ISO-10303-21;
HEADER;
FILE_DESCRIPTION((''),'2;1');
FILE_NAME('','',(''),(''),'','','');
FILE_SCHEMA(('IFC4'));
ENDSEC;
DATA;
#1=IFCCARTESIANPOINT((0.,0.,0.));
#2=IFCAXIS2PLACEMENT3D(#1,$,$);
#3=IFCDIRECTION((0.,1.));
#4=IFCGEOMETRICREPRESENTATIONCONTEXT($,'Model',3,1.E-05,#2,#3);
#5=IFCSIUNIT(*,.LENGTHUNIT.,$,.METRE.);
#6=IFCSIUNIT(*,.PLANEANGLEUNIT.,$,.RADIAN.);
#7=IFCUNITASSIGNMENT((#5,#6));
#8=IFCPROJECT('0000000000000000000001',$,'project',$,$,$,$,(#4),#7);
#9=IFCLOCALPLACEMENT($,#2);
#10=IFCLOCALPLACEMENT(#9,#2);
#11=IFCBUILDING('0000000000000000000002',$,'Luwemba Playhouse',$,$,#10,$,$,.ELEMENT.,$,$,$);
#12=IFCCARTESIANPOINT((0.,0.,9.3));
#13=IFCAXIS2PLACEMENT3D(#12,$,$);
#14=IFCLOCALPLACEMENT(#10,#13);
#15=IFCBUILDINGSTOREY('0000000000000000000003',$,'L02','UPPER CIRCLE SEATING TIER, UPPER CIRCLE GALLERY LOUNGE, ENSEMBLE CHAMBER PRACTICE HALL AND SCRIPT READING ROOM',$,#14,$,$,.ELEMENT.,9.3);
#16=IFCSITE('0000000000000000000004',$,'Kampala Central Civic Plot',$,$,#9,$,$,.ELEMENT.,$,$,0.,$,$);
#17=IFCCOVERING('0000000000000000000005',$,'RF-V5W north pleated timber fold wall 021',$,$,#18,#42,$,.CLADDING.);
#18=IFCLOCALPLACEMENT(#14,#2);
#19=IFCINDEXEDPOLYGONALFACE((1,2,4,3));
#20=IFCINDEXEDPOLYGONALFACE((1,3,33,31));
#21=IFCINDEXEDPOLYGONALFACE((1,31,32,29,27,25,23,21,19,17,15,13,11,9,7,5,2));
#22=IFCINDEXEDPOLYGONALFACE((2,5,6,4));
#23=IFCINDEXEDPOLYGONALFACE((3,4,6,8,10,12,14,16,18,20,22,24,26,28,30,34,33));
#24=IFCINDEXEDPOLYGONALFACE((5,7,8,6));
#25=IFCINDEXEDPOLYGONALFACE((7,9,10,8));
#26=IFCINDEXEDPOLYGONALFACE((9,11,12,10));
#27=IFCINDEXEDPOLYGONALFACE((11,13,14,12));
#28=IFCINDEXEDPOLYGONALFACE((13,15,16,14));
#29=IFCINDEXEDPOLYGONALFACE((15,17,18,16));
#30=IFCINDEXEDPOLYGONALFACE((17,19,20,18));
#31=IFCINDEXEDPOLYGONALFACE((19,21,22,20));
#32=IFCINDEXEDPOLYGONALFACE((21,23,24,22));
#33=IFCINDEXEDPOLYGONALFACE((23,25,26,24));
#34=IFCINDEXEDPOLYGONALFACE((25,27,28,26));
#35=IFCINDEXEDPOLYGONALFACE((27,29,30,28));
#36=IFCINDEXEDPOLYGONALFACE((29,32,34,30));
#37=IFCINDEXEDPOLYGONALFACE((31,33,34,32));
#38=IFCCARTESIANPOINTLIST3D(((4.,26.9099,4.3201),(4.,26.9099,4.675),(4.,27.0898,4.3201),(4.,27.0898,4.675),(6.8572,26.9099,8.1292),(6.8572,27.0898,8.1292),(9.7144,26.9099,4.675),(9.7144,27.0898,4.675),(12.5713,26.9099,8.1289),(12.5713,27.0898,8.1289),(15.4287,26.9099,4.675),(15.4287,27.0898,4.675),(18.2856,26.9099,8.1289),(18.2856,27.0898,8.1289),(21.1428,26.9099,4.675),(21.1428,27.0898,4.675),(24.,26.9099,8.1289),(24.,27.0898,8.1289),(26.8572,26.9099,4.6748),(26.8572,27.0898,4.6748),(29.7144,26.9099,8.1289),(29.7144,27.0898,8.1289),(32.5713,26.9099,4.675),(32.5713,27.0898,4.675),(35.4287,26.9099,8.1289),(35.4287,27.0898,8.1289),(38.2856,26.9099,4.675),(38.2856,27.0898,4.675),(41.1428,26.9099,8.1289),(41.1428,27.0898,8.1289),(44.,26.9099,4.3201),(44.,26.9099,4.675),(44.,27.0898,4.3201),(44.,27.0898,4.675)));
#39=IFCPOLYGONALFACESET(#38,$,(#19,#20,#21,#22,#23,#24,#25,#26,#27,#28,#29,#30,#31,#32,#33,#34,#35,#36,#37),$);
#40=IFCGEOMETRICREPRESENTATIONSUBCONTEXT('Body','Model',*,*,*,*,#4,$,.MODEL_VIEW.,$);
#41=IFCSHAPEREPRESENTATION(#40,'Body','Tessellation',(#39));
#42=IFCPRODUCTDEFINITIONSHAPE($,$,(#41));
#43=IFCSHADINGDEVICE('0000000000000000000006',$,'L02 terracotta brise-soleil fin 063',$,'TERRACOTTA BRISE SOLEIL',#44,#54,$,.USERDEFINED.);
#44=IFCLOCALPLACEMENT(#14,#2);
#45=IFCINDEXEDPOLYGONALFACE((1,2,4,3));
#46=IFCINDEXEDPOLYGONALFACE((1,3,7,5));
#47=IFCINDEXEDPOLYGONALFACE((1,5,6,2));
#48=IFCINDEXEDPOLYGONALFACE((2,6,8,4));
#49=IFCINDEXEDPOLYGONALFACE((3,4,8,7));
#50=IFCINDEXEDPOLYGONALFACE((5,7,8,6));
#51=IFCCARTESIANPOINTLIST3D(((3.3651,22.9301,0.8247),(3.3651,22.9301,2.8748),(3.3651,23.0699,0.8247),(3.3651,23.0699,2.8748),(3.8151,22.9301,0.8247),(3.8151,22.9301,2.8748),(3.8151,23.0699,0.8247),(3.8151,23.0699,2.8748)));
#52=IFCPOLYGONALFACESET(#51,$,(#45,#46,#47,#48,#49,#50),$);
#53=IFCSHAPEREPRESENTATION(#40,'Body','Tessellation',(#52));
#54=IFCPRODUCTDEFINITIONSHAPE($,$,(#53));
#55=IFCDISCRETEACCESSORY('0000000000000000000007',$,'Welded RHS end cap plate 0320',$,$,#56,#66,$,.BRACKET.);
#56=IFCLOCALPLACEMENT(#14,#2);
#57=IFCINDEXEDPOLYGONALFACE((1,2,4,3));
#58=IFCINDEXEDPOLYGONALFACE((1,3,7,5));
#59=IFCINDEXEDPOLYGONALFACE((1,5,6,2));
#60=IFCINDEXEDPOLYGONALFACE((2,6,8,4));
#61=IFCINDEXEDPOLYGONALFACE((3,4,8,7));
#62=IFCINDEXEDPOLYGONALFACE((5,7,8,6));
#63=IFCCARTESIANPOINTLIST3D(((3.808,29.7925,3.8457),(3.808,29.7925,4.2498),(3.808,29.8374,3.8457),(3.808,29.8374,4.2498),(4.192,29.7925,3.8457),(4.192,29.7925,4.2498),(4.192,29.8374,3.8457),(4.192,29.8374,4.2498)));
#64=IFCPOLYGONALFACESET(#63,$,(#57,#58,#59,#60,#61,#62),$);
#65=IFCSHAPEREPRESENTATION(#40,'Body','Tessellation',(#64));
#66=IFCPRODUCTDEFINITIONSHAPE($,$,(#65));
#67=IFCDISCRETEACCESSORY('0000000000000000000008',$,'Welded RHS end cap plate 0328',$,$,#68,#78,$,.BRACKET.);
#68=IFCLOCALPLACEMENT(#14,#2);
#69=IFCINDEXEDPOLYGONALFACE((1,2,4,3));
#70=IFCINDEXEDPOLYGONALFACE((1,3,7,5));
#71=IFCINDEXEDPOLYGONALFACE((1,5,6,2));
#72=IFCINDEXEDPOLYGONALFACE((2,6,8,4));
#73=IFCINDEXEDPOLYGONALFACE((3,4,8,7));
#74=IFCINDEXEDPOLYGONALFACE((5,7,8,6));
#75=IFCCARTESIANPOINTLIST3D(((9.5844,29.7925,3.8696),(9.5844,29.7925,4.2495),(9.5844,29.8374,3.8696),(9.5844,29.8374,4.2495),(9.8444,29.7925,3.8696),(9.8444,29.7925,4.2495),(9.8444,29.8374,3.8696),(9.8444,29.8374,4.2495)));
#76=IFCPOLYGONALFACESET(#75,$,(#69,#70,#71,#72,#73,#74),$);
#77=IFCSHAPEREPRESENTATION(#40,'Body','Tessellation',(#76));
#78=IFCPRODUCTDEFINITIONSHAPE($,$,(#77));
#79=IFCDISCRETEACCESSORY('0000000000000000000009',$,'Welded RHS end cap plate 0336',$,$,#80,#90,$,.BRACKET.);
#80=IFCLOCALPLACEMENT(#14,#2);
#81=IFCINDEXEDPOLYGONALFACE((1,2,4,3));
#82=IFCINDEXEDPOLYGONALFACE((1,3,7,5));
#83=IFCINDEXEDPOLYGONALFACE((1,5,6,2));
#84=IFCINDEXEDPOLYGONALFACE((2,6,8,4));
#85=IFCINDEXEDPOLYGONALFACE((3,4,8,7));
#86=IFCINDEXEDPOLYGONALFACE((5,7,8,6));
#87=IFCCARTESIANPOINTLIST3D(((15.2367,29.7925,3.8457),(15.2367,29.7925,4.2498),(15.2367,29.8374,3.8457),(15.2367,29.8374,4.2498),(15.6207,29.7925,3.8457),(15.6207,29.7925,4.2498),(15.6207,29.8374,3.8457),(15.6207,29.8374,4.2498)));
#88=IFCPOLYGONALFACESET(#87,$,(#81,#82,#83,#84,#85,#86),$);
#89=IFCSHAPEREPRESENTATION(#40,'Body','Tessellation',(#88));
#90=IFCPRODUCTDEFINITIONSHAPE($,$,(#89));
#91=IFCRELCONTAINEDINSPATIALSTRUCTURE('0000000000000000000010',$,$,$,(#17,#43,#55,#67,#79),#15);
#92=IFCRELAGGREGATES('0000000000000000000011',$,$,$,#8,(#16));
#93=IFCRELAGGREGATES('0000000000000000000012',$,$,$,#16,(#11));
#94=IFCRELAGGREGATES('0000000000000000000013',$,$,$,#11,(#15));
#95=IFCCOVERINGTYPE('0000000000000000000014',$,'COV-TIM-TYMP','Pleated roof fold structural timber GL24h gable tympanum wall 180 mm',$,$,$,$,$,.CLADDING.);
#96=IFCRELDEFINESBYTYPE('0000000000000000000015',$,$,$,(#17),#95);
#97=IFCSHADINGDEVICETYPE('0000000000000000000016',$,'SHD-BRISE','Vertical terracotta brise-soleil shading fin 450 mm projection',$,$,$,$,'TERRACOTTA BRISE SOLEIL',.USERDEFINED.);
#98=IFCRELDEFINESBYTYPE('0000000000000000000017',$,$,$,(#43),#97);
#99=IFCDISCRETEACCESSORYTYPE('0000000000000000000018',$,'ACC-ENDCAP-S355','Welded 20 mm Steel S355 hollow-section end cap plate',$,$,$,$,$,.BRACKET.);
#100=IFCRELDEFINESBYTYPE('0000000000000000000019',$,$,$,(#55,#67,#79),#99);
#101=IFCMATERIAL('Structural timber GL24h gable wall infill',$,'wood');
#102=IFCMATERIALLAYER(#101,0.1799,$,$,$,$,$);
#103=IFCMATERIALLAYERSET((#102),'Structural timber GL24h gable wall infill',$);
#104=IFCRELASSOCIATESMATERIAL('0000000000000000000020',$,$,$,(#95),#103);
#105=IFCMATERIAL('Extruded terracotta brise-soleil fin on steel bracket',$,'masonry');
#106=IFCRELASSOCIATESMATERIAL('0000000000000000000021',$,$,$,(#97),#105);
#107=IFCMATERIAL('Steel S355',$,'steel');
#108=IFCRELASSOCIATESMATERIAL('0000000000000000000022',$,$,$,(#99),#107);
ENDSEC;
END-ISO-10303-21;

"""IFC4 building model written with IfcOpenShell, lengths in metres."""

from ifc_helpers import new_model, si_unit, direction, frame, origin, origin_2d, place, context, subcontext, project, spatial, polyline, rectangle, outline, extrude, material, layer, layer_set, type_object, element, save


model = new_model("IFC4")

# Units and contexts
model_context = context("Model", 3, precision=1e-05, world=origin(), true_north=direction((0.0, 1.0)))
body_context = subcontext(model_context, "Body", "Model", "MODEL_VIEW")
ifc_project = project(units=[si_unit("LENGTHUNIT", "METRE"), si_unit("PLANEANGLEUNIT", "RADIAN")], contexts=[model_context])

# Site, building, storey
site_placement = place(None, origin())
site = spatial("IfcSite", under=ifc_project, at=site_placement, Name="Kampala Central Civic Plot", CompositionType="ELEMENT", RefElevation=0.0)
building_placement = place(site_placement, origin())
building = spatial("IfcBuilding", under=site, at=building_placement, Name="Luwemba Playhouse", CompositionType="ELEMENT")
storey_placement = place(building_placement, frame((0.0, 0.0, 9.3)))
storey = spatial("IfcBuildingStorey", under=building, at=storey_placement, Name="L02", Description="UPPER CIRCLE SEATING TIER, UPPER CIRCLE GALLERY LOUNGE, ENSEMBLE CHAMBER PRACTICE HALL AND SCRIPT READING ROOM", CompositionType="ELEMENT", Elevation=9.3)

# Shared definitions
ifc_material_1 = material(Name="Steel S355", Category="steel")

# Covering
ifc_material_2 = material(Name="Structural timber GL24h gable wall infill", Category="wood")
ifc_layer_1 = layer(ifc_material_2, 0.1799)
ifc_layer_set_1 = layer_set([ifc_layer_1], Name="Structural timber GL24h gable wall infill")
covering_type = type_object("IfcCoveringType", Name="COV-TIM-TYMP", Description="Pleated roof fold structural timber GL24h gable tympanum wall 180 mm", PredefinedType="CLADDING", material=ifc_layer_set_1)
covering_placement = place(storey_placement, frame((4.0, 27.0, 4.3201), z_axis=(0.0, 0.0, 1.0), x_axis=(1.0, 0.0, 0.0)))
element("IfcCovering", 1, at=covering_placement, inside=storey, type_object=covering_type, Name="RF-V5W north pleated timber fold wall 021", PredefinedType="CLADDING", context=body_context, shape_type="SweptSolid", body=[
    extrude(outline(polyline([(0.0, 0.0), (40.0, 0.0), (40.0, 0.355), (37.1428, 3.8088), (34.2856, 0.355), (31.4287, 3.8088), (28.5713, 0.355), (25.7144, 3.8088), (22.8572, 0.3547), (20.0, 3.8088), (17.1428, 0.355), (14.2856, 3.8088), (11.4287, 0.355), (8.5713, 3.8088), (5.7144, 0.355), (2.8572, 3.8091), (0.0, 0.355), (0.0, 0.0)])), frame((0.0, 0.0898, 0.0), z_axis=(0.0, -1.0, 0.0), x_axis=(1.0, 0.0, 0.0)), (0.0, 0.0, 1.0), 0.1799),
])

# Shading device
ifc_material_3 = material(Name="Extruded terracotta brise-soleil fin on steel bracket", Category="masonry")
shading_device_type = type_object("IfcShadingDeviceType", Name="SHD-BRISE", Description="Vertical terracotta brise-soleil shading fin 450 mm projection", ElementType="TERRACOTTA BRISE SOLEIL", PredefinedType="USERDEFINED", material=ifc_material_3)
shading_device_placement = place(storey_placement, frame((3.5901, 23.0, 0.8247), z_axis=(0.0, 0.0, 1.0), x_axis=(0.0, 1.0, 0.0)))
element("IfcShadingDevice", 2, at=shading_device_placement, inside=storey, type_object=shading_device_type, Name="L02 terracotta brise-soleil fin 063", ObjectType="TERRACOTTA BRISE SOLEIL", PredefinedType="USERDEFINED", context=body_context, shape_type="SweptSolid", body=[
    extrude(rectangle(XDim=0.1399, YDim=0.45, at=origin_2d()), origin(), (0.0, 0.0, 1.0), 2.05),
])

# Discrete accessories
discrete_accessory_type = type_object("IfcDiscreteAccessoryType", Name="ACC-ENDCAP-S355", Description="Welded 20 mm Steel S355 hollow-section end cap plate", PredefinedType="BRACKET", material=ifc_material_1)
discrete_accessory_1_placement = place(storey_placement, frame((4.0, 29.8149, 3.8457), z_axis=(0.0, 0.0, 1.0), x_axis=(1.0, 0.0, 0.0)))
element("IfcDiscreteAccessory", 3, at=discrete_accessory_1_placement, inside=storey, type_object=discrete_accessory_type, Name="Welded RHS end cap plate 0320", PredefinedType="BRACKET", context=body_context, shape_type="SweptSolid", body=[
    extrude(rectangle(XDim=0.384, YDim=0.0449, at=origin_2d()), origin(), (0.0, 0.0, 1.0), 0.4041),
])
discrete_accessory_2_placement = place(storey_placement, frame((9.7144, 29.8149, 3.8696), z_axis=(0.0, 0.0, 1.0), x_axis=(1.0, 0.0, 0.0)))
element("IfcDiscreteAccessory", 4, at=discrete_accessory_2_placement, inside=storey, type_object=discrete_accessory_type, Name="Welded RHS end cap plate 0328", PredefinedType="BRACKET", context=body_context, shape_type="SweptSolid", body=[
    extrude(rectangle(XDim=0.26, YDim=0.0449, at=origin_2d()), origin(), (0.0, 0.0, 1.0), 0.3799),
])
discrete_accessory_3_placement = place(storey_placement, frame((15.4287, 29.8149, 3.8457), z_axis=(0.0, 0.0, 1.0), x_axis=(1.0, 0.0, 0.0)))
element("IfcDiscreteAccessory", 5, at=discrete_accessory_3_placement, inside=storey, type_object=discrete_accessory_type, Name="Welded RHS end cap plate 0336", PredefinedType="BRACKET", context=body_context, shape_type="SweptSolid", body=[
    extrude(rectangle(XDim=0.384, YDim=0.0449, at=origin_2d()), origin(), (0.0, 0.0, 1.0), 0.4041),
])

save(model, "model.ifc")
